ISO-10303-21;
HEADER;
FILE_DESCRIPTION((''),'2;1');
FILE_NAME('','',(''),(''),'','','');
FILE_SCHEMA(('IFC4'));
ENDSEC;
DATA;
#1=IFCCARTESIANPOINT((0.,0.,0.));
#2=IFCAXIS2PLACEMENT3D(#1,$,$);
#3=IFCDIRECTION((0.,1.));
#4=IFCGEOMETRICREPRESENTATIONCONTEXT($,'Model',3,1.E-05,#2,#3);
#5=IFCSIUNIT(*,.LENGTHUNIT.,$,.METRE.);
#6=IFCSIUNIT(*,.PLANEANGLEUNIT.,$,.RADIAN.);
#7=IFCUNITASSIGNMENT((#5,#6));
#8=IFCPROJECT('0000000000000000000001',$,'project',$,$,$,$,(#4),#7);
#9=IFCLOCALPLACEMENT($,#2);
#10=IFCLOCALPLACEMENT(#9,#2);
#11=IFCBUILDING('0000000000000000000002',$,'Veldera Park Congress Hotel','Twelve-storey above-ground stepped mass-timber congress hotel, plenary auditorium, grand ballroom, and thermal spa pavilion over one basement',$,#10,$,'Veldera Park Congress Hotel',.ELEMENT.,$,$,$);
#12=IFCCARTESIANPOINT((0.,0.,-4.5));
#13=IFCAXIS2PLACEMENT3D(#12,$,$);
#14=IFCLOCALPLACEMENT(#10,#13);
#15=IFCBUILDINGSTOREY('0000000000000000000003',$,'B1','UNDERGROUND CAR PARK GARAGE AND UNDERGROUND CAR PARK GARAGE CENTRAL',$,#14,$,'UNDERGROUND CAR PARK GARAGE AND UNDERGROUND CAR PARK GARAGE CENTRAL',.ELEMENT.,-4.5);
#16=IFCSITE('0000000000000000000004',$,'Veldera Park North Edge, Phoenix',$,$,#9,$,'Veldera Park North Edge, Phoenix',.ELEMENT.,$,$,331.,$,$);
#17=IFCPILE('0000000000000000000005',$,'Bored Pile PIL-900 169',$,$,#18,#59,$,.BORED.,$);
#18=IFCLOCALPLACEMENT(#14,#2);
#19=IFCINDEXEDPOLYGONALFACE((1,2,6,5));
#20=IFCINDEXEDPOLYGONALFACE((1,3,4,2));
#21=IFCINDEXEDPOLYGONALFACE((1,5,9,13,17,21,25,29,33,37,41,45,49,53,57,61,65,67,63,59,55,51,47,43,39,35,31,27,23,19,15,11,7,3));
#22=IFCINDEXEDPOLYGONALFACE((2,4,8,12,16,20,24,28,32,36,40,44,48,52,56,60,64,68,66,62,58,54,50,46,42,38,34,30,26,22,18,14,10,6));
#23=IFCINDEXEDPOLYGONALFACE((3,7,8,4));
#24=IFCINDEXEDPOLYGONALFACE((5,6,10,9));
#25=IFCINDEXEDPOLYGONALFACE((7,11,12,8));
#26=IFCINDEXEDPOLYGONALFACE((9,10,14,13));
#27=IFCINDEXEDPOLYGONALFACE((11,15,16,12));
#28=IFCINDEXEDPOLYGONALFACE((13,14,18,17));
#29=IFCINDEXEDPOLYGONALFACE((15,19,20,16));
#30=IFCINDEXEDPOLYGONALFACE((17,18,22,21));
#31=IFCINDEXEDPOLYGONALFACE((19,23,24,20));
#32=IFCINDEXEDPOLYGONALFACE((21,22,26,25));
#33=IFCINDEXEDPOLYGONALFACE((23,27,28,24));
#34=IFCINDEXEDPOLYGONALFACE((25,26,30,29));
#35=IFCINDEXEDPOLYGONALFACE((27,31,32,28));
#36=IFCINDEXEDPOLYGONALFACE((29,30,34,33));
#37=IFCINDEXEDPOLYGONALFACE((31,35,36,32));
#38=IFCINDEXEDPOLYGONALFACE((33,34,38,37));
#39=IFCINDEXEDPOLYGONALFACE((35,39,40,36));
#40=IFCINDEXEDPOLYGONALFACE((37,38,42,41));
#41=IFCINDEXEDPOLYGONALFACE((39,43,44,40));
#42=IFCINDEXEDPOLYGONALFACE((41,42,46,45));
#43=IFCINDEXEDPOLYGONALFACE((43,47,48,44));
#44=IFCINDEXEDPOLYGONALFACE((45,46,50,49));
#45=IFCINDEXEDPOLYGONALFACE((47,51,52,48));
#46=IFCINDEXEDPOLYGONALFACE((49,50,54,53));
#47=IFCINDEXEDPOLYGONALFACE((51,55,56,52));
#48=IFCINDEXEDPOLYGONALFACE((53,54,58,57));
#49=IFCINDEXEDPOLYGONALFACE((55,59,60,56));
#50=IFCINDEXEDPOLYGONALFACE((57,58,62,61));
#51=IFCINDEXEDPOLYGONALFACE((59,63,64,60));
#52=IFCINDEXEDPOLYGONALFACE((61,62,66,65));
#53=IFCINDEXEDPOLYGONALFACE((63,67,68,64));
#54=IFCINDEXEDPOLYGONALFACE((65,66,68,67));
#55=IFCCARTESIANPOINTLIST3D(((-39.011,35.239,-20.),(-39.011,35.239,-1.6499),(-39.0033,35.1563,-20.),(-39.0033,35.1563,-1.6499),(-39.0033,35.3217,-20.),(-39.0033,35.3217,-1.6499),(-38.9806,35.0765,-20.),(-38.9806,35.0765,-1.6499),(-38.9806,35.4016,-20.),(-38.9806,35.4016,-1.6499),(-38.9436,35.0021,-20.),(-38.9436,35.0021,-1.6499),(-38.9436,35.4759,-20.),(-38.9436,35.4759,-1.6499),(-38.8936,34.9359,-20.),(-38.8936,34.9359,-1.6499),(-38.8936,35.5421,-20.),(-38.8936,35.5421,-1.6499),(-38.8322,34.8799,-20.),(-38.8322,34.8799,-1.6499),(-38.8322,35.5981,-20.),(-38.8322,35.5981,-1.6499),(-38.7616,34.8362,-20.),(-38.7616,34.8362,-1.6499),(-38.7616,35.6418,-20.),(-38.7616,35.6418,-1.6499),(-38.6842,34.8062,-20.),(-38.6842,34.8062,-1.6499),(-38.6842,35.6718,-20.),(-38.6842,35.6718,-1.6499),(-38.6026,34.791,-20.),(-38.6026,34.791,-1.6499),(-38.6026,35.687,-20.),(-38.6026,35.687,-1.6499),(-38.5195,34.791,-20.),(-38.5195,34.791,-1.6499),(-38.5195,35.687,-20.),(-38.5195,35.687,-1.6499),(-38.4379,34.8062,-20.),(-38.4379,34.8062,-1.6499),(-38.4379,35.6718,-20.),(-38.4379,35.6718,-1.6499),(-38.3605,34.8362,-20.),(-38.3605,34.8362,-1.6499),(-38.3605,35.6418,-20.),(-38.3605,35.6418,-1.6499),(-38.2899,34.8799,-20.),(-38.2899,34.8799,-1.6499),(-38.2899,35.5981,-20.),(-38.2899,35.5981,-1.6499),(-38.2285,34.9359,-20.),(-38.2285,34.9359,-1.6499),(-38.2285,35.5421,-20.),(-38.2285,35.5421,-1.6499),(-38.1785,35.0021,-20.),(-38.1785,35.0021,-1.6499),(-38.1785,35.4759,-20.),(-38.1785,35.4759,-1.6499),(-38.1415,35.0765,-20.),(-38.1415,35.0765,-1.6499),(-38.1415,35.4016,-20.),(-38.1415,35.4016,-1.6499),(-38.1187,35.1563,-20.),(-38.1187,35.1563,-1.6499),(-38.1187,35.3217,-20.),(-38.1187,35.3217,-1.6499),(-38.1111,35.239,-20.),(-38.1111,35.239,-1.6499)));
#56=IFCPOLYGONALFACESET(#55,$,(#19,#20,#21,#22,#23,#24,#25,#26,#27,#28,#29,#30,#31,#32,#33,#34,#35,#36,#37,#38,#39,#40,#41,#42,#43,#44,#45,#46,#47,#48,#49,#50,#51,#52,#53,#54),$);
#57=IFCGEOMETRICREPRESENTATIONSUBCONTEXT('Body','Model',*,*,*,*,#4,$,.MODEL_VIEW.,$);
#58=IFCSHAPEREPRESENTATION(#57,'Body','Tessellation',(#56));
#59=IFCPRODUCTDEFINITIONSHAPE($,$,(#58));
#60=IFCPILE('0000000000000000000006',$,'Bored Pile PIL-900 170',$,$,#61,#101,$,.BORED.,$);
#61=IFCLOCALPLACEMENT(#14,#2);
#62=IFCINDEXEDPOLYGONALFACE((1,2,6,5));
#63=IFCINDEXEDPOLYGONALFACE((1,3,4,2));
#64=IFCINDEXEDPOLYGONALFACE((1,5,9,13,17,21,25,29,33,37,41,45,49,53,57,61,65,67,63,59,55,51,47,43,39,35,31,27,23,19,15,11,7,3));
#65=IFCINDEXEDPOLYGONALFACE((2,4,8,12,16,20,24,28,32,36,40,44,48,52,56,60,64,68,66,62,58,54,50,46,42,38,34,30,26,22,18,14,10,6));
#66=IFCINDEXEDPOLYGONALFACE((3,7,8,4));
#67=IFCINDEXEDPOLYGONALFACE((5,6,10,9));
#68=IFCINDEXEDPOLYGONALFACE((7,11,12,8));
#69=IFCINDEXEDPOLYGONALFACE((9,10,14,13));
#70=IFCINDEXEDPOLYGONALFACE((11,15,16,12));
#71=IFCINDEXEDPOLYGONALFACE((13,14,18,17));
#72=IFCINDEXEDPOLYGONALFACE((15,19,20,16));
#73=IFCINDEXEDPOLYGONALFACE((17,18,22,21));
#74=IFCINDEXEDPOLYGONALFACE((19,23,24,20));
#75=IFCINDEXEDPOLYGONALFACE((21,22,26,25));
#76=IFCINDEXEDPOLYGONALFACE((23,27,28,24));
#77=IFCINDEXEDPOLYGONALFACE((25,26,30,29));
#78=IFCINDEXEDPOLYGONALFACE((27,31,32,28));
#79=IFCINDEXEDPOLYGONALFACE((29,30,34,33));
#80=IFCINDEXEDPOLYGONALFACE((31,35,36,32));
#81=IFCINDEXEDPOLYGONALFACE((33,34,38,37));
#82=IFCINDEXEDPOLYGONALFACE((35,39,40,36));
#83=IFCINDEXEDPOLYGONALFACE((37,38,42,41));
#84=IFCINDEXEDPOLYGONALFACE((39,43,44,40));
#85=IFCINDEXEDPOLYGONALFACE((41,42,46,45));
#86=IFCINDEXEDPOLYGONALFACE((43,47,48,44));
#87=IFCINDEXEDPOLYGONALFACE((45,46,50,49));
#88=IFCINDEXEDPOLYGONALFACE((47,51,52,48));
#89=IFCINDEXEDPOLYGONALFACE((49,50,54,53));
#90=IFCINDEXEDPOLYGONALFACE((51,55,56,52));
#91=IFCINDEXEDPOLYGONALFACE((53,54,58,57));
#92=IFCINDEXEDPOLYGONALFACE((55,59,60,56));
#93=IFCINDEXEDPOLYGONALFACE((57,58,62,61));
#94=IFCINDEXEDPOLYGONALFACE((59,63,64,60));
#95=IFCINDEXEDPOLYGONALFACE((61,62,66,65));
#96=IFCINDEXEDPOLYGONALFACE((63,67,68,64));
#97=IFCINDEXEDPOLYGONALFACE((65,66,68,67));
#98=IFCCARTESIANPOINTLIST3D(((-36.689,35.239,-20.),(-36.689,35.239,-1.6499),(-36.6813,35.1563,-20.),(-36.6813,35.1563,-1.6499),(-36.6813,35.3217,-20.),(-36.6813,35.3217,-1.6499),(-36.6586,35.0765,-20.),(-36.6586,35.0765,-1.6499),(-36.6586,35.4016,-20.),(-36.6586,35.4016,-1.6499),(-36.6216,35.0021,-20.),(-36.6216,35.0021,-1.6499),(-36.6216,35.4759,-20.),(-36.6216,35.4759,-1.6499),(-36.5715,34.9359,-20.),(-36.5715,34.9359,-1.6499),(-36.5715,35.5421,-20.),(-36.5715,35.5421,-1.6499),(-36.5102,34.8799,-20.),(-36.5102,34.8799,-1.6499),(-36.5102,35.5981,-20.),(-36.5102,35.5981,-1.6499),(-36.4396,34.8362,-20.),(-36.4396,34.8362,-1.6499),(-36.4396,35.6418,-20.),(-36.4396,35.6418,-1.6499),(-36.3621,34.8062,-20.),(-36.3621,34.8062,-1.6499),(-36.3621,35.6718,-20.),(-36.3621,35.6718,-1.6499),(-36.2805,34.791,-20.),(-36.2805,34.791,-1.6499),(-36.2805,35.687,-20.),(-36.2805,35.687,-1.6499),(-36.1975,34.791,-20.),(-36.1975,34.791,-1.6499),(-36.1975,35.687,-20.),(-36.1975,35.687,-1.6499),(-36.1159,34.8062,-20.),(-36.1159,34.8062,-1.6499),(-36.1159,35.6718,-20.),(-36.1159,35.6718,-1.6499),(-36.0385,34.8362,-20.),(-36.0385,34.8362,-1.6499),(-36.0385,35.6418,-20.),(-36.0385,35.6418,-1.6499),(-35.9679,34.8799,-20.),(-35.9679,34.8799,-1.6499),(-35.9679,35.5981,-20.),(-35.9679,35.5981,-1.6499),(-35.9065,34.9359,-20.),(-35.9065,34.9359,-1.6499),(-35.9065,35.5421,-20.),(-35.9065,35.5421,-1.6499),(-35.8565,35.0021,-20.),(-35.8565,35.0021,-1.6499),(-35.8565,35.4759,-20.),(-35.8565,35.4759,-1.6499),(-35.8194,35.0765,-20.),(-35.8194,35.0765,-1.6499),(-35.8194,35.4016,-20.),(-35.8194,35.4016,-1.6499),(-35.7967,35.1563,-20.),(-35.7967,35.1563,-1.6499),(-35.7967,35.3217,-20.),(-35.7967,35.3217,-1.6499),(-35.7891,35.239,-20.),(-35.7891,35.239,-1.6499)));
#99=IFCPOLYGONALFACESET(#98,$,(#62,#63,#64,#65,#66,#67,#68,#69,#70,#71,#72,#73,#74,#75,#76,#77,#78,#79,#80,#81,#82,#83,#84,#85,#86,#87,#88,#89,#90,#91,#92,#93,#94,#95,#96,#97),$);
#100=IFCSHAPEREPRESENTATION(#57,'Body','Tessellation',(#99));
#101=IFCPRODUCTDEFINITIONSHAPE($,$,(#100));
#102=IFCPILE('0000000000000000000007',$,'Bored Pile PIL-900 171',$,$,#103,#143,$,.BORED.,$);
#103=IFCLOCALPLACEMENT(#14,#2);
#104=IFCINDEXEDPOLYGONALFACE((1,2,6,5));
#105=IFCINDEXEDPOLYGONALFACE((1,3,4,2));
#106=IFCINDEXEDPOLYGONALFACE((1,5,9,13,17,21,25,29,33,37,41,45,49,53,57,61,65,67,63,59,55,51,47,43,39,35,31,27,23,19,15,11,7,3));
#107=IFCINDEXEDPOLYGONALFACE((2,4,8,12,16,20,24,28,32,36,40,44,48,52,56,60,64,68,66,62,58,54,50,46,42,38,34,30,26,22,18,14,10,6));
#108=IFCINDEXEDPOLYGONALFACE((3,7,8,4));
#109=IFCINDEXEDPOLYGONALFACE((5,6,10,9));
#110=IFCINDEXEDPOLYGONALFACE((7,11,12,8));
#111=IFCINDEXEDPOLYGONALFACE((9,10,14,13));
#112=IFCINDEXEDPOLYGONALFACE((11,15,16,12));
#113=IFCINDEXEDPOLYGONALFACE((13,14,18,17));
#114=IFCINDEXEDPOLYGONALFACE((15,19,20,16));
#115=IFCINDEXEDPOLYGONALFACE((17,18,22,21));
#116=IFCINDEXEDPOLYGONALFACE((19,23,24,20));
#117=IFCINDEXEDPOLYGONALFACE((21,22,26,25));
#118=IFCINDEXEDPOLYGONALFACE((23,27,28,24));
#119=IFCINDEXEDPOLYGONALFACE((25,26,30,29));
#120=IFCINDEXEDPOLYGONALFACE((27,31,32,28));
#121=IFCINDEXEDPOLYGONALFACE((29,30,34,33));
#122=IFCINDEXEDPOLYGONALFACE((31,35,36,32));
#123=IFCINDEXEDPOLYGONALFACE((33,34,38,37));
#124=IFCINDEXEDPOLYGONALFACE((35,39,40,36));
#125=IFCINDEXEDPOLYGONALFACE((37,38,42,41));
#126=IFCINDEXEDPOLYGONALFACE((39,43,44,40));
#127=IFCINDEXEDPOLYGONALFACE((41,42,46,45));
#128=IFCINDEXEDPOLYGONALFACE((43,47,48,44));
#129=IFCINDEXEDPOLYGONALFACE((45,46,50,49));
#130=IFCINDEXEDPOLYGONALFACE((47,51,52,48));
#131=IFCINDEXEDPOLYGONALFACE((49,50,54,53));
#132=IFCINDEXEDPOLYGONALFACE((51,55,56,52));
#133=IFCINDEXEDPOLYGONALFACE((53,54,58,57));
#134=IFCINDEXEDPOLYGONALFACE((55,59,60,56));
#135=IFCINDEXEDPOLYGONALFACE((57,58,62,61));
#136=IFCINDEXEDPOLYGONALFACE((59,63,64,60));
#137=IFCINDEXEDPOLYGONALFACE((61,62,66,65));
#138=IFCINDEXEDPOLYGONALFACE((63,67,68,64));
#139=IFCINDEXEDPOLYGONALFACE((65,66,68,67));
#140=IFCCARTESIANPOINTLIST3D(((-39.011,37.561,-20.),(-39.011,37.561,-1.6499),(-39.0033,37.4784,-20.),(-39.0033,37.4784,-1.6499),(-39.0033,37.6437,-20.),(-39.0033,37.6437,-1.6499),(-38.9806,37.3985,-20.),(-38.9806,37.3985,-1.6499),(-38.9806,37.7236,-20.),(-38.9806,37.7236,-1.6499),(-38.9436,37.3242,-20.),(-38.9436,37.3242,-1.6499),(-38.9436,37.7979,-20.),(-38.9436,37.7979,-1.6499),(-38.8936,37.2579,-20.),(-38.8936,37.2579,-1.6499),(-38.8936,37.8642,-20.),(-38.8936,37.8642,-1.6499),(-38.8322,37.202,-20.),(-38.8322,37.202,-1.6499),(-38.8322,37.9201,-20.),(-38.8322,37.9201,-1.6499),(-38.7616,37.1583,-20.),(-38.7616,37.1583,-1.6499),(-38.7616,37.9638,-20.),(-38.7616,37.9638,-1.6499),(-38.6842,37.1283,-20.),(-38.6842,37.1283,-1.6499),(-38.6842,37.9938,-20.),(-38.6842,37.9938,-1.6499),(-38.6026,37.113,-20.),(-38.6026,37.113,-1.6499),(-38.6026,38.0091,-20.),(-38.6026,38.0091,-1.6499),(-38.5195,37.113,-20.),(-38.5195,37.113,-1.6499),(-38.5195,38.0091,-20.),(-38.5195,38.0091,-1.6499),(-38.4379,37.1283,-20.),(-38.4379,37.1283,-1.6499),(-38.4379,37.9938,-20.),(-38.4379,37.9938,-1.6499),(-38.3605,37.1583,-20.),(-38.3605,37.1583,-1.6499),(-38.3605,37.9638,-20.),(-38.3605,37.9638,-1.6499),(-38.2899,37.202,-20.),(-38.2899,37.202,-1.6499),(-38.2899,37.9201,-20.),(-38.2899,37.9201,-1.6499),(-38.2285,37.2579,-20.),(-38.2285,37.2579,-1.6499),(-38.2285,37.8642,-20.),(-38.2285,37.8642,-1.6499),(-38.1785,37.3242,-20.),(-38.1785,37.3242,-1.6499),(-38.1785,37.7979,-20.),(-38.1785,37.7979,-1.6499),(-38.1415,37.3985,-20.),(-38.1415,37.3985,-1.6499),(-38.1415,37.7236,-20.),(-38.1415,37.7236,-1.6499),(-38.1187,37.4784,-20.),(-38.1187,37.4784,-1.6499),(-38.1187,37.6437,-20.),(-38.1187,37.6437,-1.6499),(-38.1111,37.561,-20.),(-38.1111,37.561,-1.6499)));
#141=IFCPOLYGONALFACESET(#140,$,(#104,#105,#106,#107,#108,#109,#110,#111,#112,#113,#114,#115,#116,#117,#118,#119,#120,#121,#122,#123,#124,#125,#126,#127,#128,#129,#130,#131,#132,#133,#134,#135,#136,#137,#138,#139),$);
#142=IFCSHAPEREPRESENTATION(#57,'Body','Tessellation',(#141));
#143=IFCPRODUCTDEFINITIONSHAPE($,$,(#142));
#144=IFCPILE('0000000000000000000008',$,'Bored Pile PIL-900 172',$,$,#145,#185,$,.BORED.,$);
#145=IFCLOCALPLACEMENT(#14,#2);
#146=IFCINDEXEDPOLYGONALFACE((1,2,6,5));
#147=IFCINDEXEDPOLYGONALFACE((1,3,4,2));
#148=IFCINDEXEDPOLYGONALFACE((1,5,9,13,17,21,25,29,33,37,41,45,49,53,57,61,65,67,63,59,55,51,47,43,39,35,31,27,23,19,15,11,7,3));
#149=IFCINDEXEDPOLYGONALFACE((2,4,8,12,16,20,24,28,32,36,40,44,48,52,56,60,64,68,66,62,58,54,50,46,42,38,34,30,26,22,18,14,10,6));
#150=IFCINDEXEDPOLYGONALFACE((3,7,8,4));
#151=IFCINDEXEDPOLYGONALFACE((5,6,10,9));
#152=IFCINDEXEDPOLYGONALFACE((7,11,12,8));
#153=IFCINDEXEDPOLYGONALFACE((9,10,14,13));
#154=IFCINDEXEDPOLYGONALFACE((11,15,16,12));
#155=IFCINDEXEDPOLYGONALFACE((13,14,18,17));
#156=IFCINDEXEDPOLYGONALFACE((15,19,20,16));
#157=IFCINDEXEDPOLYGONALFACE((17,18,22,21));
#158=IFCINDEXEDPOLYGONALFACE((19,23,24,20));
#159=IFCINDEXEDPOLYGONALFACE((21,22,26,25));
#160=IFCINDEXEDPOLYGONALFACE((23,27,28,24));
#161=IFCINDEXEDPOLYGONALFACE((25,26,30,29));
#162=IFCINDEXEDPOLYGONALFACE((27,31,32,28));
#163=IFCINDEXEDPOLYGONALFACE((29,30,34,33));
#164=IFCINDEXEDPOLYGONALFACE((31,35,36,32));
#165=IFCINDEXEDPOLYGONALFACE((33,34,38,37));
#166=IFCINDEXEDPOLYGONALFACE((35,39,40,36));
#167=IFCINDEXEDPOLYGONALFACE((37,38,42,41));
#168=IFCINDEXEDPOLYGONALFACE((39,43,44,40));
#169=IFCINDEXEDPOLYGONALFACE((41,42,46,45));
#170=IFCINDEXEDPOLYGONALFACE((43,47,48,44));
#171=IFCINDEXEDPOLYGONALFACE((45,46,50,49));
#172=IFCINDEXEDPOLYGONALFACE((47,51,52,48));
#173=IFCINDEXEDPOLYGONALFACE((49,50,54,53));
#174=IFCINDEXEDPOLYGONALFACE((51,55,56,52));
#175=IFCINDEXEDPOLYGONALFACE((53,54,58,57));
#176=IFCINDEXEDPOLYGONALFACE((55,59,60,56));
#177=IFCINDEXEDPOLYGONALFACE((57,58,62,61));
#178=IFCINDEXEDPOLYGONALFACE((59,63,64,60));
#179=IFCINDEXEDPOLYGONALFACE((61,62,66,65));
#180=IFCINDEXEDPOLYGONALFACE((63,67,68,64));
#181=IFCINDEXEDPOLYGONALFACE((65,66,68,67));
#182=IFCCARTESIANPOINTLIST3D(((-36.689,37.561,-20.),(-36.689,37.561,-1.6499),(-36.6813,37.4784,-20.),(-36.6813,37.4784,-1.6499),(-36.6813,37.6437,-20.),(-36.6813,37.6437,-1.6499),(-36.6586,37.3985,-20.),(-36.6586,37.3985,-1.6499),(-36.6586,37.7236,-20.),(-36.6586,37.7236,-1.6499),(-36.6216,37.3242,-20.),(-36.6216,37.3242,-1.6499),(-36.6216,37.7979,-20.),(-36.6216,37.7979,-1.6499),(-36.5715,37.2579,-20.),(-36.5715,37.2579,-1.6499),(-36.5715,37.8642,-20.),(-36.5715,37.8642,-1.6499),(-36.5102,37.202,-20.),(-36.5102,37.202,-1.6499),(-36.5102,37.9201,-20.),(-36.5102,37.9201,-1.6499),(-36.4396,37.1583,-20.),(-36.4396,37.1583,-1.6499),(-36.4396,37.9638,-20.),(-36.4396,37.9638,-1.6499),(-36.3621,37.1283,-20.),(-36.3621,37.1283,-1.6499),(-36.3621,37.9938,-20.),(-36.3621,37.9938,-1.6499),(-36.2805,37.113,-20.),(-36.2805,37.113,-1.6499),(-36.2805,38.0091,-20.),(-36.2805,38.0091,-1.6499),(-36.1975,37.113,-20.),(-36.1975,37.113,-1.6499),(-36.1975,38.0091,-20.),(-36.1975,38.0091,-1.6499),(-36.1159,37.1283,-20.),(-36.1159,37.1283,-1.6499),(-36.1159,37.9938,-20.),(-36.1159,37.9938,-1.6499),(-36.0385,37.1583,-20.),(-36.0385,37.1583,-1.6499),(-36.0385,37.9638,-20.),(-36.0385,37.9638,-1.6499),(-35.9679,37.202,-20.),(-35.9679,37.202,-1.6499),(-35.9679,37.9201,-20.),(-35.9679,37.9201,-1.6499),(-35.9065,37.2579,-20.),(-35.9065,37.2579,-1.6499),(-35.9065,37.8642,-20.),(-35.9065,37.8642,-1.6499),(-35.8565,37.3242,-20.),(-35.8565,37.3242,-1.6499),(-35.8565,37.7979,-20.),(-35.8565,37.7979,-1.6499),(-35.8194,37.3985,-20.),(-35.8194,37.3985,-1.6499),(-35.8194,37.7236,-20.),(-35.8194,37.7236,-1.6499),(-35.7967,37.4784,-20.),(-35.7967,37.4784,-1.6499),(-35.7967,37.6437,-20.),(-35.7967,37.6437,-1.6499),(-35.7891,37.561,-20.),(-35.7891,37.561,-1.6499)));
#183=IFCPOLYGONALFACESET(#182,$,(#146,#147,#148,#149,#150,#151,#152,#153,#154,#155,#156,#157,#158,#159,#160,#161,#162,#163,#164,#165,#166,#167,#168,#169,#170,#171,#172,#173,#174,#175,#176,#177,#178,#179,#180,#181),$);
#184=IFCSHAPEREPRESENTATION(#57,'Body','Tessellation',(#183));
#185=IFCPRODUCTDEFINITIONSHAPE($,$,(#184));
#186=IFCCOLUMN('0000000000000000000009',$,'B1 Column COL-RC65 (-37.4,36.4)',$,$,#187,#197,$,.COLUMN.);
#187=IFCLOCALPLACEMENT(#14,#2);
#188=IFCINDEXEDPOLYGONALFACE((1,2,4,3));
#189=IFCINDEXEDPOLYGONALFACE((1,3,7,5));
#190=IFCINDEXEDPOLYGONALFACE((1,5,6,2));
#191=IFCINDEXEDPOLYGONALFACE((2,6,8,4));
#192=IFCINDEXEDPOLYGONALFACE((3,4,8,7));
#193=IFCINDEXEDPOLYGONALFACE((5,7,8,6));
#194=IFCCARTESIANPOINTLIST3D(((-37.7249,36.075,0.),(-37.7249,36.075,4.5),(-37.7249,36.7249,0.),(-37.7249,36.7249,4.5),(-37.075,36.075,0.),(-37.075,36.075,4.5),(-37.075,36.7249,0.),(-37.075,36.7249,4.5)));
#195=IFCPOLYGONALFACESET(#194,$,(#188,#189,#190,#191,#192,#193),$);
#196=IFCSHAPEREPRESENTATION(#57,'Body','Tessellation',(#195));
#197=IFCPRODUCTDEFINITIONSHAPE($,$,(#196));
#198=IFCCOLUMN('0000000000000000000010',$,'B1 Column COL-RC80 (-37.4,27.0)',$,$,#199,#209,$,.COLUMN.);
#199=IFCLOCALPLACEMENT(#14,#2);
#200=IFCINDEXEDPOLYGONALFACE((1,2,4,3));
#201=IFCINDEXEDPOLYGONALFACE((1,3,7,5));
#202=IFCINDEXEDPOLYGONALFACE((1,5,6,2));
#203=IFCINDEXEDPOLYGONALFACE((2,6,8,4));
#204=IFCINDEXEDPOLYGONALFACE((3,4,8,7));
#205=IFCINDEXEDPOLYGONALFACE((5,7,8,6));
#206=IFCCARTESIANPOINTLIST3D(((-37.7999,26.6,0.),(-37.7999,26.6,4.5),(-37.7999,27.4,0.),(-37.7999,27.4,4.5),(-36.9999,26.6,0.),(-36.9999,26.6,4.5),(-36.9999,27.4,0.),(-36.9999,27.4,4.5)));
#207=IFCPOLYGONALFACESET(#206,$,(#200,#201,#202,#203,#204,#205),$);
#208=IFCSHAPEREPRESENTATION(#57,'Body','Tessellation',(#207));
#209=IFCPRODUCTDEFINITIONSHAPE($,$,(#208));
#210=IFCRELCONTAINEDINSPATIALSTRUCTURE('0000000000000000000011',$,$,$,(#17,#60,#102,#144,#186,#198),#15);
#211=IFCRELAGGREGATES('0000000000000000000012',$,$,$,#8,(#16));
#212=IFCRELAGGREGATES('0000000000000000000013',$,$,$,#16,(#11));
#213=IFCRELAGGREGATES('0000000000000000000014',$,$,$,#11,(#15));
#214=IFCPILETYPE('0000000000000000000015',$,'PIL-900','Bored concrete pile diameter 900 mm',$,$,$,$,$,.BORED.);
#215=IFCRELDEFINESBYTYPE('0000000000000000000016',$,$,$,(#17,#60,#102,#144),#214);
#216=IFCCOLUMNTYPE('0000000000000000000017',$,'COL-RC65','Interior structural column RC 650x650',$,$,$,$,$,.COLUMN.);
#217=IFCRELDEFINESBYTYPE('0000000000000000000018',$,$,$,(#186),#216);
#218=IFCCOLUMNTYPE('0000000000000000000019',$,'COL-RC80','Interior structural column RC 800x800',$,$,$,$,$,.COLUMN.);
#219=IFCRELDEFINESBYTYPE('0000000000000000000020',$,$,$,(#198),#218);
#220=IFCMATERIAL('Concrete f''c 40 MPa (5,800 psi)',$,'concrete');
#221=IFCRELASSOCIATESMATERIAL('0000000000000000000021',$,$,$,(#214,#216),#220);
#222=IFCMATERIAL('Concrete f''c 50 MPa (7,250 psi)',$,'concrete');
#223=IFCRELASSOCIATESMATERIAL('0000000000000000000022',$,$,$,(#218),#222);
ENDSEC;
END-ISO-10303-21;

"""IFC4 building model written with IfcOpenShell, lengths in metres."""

from ifc_helpers import new_model, si_unit, direction, frame, origin, origin_2d, place, context, subcontext, project, spatial, rectangle, circle, extrude, material, material_profile, profile_set, type_object, element, save


model = new_model("IFC4")

# Units and contexts
model_context = context("Model", 3, precision=1e-05, world=origin(), true_north=direction((0.0, 1.0)))
body_context = subcontext(model_context, "Body", "Model", "MODEL_VIEW")
ifc_project = project(units=[si_unit("LENGTHUNIT", "METRE"), si_unit("PLANEANGLEUNIT", "RADIAN")], contexts=[model_context])

# Site, building, storey
site_placement = place(None, origin())
site = spatial("IfcSite", under=ifc_project, at=site_placement, Name="Veldera Park North Edge, Phoenix", LongName="Veldera Park North Edge, Phoenix", CompositionType="ELEMENT", RefElevation=331.0)
building_placement = place(site_placement, origin())
building = spatial("IfcBuilding", under=site, at=building_placement, Name="Veldera Park Congress Hotel", Description="Twelve-storey above-ground stepped mass-timber congress hotel, plenary auditorium, grand ballroom, and thermal spa pavilion over one basement", LongName="Veldera Park Congress Hotel", CompositionType="ELEMENT")
storey_placement = place(building_placement, frame((0.0, 0.0, -4.5)))
storey = spatial("IfcBuildingStorey", under=building, at=storey_placement, Name="B1", Description="UNDERGROUND CAR PARK GARAGE AND UNDERGROUND CAR PARK GARAGE CENTRAL", LongName="UNDERGROUND CAR PARK GARAGE AND UNDERGROUND CAR PARK GARAGE CENTRAL", CompositionType="ELEMENT", Elevation=-4.5)

# Shared definitions
ifc_material_1 = material(Name="Concrete f'c 40 MPa (5,800 psi)", Category="concrete")

# Piles
ifc_material_profile_1 = material_profile(ifc_material_1, circle(Radius=0.45, at=origin_2d()), Name="PILE D900")
ifc_profile_set_1 = profile_set([ifc_material_profile_1], Name="Concrete f'c 40 MPa (5,800 psi)")
pile_type_1 = type_object("IfcPileType", Name="PIL-900", Description="Bored concrete pile diameter 900 mm", PredefinedType="BORED", material=ifc_profile_set_1)
for number, where, z_axis, x_axis, name in (
    (1, (-38.561, 35.239, -1.6499), (0.0, 0.0, -1.0), (1.0, 0.0, 0.0), "Bored Pile PIL-900 169"),
    (2, (-36.239, 35.239, -1.6499), (0.0, 0.0, -1.0), (1.0, 0.0, 0.0), "Bored Pile PIL-900 170"),
    (3, (-38.561, 37.561, -1.6499), (0.0, 0.0, -1.0), (1.0, 0.0, 0.0), "Bored Pile PIL-900 171"),
    (4, (-36.239, 37.561, -1.6499), (0.0, 0.0, -1.0), (1.0, 0.0, 0.0), "Bored Pile PIL-900 172"),
):
    element("IfcPile", number, at=place(storey_placement, frame(where, z_axis=z_axis, x_axis=x_axis)), inside=storey, type_object=pile_type_1, Name=name, PredefinedType="BORED", context=body_context, shape_type="SweptSolid", body=[
        extrude(circle(Radius=0.45, at=origin_2d()), origin(), (0.0, 0.0, 1.0), 18.3501),
    ])

# Columns
ifc_material_profile_2 = material_profile(ifc_material_1, rectangle(XDim=0.6499, YDim=0.6499, at=origin_2d()), Name="RC 650x650")
ifc_profile_set_2 = profile_set([ifc_material_profile_2], Name="Concrete f'c 40 MPa (5,800 psi)")
column_type_1 = type_object("IfcColumnType", Name="COL-RC65", Description="Interior structural column RC 650x650", PredefinedType="COLUMN", material=ifc_profile_set_2)
column_1_placement = place(storey_placement, frame((-37.3999, 36.3999, 0.0), z_axis=(0.0, 0.0, 1.0), x_axis=(1.0, 0.0, 0.0)))
element("IfcColumn", 5, at=column_1_placement, inside=storey, type_object=column_type_1, Name="B1 Column COL-RC65 (-37.4,36.4)", PredefinedType="COLUMN", context=body_context, shape_type="SweptSolid", body=[
    extrude(rectangle(XDim=0.6499, YDim=0.6499, at=origin_2d()), origin(), (0.0, 0.0, 1.0), 4.5),
])
ifc_material_2 = material(Name="Concrete f'c 50 MPa (7,250 psi)", Category="concrete")
ifc_material_profile_3 = material_profile(ifc_material_2, rectangle(XDim=0.8, YDim=0.8, at=origin_2d()), Name="RC 800x800")
ifc_profile_set_3 = profile_set([ifc_material_profile_3], Name="Concrete f'c 50 MPa (7,250 psi)")
column_type_2 = type_object("IfcColumnType", Name="COL-RC80", Description="Interior structural column RC 800x800", PredefinedType="COLUMN", material=ifc_profile_set_3)
column_2_placement = place(storey_placement, frame((-37.3999, 27.0, 0.0), z_axis=(0.0, 0.0, 1.0), x_axis=(1.0, 0.0, 0.0)))
element("IfcColumn", 6, at=column_2_placement, inside=storey, type_object=column_type_2, Name="B1 Column COL-RC80 (-37.4,27.0)", PredefinedType="COLUMN", context=body_context, shape_type="SweptSolid", body=[
    extrude(rectangle(XDim=0.8, YDim=0.8, at=origin_2d()), origin(), (0.0, 0.0, 1.0), 4.5),
])

save(model, "model.ifc")
